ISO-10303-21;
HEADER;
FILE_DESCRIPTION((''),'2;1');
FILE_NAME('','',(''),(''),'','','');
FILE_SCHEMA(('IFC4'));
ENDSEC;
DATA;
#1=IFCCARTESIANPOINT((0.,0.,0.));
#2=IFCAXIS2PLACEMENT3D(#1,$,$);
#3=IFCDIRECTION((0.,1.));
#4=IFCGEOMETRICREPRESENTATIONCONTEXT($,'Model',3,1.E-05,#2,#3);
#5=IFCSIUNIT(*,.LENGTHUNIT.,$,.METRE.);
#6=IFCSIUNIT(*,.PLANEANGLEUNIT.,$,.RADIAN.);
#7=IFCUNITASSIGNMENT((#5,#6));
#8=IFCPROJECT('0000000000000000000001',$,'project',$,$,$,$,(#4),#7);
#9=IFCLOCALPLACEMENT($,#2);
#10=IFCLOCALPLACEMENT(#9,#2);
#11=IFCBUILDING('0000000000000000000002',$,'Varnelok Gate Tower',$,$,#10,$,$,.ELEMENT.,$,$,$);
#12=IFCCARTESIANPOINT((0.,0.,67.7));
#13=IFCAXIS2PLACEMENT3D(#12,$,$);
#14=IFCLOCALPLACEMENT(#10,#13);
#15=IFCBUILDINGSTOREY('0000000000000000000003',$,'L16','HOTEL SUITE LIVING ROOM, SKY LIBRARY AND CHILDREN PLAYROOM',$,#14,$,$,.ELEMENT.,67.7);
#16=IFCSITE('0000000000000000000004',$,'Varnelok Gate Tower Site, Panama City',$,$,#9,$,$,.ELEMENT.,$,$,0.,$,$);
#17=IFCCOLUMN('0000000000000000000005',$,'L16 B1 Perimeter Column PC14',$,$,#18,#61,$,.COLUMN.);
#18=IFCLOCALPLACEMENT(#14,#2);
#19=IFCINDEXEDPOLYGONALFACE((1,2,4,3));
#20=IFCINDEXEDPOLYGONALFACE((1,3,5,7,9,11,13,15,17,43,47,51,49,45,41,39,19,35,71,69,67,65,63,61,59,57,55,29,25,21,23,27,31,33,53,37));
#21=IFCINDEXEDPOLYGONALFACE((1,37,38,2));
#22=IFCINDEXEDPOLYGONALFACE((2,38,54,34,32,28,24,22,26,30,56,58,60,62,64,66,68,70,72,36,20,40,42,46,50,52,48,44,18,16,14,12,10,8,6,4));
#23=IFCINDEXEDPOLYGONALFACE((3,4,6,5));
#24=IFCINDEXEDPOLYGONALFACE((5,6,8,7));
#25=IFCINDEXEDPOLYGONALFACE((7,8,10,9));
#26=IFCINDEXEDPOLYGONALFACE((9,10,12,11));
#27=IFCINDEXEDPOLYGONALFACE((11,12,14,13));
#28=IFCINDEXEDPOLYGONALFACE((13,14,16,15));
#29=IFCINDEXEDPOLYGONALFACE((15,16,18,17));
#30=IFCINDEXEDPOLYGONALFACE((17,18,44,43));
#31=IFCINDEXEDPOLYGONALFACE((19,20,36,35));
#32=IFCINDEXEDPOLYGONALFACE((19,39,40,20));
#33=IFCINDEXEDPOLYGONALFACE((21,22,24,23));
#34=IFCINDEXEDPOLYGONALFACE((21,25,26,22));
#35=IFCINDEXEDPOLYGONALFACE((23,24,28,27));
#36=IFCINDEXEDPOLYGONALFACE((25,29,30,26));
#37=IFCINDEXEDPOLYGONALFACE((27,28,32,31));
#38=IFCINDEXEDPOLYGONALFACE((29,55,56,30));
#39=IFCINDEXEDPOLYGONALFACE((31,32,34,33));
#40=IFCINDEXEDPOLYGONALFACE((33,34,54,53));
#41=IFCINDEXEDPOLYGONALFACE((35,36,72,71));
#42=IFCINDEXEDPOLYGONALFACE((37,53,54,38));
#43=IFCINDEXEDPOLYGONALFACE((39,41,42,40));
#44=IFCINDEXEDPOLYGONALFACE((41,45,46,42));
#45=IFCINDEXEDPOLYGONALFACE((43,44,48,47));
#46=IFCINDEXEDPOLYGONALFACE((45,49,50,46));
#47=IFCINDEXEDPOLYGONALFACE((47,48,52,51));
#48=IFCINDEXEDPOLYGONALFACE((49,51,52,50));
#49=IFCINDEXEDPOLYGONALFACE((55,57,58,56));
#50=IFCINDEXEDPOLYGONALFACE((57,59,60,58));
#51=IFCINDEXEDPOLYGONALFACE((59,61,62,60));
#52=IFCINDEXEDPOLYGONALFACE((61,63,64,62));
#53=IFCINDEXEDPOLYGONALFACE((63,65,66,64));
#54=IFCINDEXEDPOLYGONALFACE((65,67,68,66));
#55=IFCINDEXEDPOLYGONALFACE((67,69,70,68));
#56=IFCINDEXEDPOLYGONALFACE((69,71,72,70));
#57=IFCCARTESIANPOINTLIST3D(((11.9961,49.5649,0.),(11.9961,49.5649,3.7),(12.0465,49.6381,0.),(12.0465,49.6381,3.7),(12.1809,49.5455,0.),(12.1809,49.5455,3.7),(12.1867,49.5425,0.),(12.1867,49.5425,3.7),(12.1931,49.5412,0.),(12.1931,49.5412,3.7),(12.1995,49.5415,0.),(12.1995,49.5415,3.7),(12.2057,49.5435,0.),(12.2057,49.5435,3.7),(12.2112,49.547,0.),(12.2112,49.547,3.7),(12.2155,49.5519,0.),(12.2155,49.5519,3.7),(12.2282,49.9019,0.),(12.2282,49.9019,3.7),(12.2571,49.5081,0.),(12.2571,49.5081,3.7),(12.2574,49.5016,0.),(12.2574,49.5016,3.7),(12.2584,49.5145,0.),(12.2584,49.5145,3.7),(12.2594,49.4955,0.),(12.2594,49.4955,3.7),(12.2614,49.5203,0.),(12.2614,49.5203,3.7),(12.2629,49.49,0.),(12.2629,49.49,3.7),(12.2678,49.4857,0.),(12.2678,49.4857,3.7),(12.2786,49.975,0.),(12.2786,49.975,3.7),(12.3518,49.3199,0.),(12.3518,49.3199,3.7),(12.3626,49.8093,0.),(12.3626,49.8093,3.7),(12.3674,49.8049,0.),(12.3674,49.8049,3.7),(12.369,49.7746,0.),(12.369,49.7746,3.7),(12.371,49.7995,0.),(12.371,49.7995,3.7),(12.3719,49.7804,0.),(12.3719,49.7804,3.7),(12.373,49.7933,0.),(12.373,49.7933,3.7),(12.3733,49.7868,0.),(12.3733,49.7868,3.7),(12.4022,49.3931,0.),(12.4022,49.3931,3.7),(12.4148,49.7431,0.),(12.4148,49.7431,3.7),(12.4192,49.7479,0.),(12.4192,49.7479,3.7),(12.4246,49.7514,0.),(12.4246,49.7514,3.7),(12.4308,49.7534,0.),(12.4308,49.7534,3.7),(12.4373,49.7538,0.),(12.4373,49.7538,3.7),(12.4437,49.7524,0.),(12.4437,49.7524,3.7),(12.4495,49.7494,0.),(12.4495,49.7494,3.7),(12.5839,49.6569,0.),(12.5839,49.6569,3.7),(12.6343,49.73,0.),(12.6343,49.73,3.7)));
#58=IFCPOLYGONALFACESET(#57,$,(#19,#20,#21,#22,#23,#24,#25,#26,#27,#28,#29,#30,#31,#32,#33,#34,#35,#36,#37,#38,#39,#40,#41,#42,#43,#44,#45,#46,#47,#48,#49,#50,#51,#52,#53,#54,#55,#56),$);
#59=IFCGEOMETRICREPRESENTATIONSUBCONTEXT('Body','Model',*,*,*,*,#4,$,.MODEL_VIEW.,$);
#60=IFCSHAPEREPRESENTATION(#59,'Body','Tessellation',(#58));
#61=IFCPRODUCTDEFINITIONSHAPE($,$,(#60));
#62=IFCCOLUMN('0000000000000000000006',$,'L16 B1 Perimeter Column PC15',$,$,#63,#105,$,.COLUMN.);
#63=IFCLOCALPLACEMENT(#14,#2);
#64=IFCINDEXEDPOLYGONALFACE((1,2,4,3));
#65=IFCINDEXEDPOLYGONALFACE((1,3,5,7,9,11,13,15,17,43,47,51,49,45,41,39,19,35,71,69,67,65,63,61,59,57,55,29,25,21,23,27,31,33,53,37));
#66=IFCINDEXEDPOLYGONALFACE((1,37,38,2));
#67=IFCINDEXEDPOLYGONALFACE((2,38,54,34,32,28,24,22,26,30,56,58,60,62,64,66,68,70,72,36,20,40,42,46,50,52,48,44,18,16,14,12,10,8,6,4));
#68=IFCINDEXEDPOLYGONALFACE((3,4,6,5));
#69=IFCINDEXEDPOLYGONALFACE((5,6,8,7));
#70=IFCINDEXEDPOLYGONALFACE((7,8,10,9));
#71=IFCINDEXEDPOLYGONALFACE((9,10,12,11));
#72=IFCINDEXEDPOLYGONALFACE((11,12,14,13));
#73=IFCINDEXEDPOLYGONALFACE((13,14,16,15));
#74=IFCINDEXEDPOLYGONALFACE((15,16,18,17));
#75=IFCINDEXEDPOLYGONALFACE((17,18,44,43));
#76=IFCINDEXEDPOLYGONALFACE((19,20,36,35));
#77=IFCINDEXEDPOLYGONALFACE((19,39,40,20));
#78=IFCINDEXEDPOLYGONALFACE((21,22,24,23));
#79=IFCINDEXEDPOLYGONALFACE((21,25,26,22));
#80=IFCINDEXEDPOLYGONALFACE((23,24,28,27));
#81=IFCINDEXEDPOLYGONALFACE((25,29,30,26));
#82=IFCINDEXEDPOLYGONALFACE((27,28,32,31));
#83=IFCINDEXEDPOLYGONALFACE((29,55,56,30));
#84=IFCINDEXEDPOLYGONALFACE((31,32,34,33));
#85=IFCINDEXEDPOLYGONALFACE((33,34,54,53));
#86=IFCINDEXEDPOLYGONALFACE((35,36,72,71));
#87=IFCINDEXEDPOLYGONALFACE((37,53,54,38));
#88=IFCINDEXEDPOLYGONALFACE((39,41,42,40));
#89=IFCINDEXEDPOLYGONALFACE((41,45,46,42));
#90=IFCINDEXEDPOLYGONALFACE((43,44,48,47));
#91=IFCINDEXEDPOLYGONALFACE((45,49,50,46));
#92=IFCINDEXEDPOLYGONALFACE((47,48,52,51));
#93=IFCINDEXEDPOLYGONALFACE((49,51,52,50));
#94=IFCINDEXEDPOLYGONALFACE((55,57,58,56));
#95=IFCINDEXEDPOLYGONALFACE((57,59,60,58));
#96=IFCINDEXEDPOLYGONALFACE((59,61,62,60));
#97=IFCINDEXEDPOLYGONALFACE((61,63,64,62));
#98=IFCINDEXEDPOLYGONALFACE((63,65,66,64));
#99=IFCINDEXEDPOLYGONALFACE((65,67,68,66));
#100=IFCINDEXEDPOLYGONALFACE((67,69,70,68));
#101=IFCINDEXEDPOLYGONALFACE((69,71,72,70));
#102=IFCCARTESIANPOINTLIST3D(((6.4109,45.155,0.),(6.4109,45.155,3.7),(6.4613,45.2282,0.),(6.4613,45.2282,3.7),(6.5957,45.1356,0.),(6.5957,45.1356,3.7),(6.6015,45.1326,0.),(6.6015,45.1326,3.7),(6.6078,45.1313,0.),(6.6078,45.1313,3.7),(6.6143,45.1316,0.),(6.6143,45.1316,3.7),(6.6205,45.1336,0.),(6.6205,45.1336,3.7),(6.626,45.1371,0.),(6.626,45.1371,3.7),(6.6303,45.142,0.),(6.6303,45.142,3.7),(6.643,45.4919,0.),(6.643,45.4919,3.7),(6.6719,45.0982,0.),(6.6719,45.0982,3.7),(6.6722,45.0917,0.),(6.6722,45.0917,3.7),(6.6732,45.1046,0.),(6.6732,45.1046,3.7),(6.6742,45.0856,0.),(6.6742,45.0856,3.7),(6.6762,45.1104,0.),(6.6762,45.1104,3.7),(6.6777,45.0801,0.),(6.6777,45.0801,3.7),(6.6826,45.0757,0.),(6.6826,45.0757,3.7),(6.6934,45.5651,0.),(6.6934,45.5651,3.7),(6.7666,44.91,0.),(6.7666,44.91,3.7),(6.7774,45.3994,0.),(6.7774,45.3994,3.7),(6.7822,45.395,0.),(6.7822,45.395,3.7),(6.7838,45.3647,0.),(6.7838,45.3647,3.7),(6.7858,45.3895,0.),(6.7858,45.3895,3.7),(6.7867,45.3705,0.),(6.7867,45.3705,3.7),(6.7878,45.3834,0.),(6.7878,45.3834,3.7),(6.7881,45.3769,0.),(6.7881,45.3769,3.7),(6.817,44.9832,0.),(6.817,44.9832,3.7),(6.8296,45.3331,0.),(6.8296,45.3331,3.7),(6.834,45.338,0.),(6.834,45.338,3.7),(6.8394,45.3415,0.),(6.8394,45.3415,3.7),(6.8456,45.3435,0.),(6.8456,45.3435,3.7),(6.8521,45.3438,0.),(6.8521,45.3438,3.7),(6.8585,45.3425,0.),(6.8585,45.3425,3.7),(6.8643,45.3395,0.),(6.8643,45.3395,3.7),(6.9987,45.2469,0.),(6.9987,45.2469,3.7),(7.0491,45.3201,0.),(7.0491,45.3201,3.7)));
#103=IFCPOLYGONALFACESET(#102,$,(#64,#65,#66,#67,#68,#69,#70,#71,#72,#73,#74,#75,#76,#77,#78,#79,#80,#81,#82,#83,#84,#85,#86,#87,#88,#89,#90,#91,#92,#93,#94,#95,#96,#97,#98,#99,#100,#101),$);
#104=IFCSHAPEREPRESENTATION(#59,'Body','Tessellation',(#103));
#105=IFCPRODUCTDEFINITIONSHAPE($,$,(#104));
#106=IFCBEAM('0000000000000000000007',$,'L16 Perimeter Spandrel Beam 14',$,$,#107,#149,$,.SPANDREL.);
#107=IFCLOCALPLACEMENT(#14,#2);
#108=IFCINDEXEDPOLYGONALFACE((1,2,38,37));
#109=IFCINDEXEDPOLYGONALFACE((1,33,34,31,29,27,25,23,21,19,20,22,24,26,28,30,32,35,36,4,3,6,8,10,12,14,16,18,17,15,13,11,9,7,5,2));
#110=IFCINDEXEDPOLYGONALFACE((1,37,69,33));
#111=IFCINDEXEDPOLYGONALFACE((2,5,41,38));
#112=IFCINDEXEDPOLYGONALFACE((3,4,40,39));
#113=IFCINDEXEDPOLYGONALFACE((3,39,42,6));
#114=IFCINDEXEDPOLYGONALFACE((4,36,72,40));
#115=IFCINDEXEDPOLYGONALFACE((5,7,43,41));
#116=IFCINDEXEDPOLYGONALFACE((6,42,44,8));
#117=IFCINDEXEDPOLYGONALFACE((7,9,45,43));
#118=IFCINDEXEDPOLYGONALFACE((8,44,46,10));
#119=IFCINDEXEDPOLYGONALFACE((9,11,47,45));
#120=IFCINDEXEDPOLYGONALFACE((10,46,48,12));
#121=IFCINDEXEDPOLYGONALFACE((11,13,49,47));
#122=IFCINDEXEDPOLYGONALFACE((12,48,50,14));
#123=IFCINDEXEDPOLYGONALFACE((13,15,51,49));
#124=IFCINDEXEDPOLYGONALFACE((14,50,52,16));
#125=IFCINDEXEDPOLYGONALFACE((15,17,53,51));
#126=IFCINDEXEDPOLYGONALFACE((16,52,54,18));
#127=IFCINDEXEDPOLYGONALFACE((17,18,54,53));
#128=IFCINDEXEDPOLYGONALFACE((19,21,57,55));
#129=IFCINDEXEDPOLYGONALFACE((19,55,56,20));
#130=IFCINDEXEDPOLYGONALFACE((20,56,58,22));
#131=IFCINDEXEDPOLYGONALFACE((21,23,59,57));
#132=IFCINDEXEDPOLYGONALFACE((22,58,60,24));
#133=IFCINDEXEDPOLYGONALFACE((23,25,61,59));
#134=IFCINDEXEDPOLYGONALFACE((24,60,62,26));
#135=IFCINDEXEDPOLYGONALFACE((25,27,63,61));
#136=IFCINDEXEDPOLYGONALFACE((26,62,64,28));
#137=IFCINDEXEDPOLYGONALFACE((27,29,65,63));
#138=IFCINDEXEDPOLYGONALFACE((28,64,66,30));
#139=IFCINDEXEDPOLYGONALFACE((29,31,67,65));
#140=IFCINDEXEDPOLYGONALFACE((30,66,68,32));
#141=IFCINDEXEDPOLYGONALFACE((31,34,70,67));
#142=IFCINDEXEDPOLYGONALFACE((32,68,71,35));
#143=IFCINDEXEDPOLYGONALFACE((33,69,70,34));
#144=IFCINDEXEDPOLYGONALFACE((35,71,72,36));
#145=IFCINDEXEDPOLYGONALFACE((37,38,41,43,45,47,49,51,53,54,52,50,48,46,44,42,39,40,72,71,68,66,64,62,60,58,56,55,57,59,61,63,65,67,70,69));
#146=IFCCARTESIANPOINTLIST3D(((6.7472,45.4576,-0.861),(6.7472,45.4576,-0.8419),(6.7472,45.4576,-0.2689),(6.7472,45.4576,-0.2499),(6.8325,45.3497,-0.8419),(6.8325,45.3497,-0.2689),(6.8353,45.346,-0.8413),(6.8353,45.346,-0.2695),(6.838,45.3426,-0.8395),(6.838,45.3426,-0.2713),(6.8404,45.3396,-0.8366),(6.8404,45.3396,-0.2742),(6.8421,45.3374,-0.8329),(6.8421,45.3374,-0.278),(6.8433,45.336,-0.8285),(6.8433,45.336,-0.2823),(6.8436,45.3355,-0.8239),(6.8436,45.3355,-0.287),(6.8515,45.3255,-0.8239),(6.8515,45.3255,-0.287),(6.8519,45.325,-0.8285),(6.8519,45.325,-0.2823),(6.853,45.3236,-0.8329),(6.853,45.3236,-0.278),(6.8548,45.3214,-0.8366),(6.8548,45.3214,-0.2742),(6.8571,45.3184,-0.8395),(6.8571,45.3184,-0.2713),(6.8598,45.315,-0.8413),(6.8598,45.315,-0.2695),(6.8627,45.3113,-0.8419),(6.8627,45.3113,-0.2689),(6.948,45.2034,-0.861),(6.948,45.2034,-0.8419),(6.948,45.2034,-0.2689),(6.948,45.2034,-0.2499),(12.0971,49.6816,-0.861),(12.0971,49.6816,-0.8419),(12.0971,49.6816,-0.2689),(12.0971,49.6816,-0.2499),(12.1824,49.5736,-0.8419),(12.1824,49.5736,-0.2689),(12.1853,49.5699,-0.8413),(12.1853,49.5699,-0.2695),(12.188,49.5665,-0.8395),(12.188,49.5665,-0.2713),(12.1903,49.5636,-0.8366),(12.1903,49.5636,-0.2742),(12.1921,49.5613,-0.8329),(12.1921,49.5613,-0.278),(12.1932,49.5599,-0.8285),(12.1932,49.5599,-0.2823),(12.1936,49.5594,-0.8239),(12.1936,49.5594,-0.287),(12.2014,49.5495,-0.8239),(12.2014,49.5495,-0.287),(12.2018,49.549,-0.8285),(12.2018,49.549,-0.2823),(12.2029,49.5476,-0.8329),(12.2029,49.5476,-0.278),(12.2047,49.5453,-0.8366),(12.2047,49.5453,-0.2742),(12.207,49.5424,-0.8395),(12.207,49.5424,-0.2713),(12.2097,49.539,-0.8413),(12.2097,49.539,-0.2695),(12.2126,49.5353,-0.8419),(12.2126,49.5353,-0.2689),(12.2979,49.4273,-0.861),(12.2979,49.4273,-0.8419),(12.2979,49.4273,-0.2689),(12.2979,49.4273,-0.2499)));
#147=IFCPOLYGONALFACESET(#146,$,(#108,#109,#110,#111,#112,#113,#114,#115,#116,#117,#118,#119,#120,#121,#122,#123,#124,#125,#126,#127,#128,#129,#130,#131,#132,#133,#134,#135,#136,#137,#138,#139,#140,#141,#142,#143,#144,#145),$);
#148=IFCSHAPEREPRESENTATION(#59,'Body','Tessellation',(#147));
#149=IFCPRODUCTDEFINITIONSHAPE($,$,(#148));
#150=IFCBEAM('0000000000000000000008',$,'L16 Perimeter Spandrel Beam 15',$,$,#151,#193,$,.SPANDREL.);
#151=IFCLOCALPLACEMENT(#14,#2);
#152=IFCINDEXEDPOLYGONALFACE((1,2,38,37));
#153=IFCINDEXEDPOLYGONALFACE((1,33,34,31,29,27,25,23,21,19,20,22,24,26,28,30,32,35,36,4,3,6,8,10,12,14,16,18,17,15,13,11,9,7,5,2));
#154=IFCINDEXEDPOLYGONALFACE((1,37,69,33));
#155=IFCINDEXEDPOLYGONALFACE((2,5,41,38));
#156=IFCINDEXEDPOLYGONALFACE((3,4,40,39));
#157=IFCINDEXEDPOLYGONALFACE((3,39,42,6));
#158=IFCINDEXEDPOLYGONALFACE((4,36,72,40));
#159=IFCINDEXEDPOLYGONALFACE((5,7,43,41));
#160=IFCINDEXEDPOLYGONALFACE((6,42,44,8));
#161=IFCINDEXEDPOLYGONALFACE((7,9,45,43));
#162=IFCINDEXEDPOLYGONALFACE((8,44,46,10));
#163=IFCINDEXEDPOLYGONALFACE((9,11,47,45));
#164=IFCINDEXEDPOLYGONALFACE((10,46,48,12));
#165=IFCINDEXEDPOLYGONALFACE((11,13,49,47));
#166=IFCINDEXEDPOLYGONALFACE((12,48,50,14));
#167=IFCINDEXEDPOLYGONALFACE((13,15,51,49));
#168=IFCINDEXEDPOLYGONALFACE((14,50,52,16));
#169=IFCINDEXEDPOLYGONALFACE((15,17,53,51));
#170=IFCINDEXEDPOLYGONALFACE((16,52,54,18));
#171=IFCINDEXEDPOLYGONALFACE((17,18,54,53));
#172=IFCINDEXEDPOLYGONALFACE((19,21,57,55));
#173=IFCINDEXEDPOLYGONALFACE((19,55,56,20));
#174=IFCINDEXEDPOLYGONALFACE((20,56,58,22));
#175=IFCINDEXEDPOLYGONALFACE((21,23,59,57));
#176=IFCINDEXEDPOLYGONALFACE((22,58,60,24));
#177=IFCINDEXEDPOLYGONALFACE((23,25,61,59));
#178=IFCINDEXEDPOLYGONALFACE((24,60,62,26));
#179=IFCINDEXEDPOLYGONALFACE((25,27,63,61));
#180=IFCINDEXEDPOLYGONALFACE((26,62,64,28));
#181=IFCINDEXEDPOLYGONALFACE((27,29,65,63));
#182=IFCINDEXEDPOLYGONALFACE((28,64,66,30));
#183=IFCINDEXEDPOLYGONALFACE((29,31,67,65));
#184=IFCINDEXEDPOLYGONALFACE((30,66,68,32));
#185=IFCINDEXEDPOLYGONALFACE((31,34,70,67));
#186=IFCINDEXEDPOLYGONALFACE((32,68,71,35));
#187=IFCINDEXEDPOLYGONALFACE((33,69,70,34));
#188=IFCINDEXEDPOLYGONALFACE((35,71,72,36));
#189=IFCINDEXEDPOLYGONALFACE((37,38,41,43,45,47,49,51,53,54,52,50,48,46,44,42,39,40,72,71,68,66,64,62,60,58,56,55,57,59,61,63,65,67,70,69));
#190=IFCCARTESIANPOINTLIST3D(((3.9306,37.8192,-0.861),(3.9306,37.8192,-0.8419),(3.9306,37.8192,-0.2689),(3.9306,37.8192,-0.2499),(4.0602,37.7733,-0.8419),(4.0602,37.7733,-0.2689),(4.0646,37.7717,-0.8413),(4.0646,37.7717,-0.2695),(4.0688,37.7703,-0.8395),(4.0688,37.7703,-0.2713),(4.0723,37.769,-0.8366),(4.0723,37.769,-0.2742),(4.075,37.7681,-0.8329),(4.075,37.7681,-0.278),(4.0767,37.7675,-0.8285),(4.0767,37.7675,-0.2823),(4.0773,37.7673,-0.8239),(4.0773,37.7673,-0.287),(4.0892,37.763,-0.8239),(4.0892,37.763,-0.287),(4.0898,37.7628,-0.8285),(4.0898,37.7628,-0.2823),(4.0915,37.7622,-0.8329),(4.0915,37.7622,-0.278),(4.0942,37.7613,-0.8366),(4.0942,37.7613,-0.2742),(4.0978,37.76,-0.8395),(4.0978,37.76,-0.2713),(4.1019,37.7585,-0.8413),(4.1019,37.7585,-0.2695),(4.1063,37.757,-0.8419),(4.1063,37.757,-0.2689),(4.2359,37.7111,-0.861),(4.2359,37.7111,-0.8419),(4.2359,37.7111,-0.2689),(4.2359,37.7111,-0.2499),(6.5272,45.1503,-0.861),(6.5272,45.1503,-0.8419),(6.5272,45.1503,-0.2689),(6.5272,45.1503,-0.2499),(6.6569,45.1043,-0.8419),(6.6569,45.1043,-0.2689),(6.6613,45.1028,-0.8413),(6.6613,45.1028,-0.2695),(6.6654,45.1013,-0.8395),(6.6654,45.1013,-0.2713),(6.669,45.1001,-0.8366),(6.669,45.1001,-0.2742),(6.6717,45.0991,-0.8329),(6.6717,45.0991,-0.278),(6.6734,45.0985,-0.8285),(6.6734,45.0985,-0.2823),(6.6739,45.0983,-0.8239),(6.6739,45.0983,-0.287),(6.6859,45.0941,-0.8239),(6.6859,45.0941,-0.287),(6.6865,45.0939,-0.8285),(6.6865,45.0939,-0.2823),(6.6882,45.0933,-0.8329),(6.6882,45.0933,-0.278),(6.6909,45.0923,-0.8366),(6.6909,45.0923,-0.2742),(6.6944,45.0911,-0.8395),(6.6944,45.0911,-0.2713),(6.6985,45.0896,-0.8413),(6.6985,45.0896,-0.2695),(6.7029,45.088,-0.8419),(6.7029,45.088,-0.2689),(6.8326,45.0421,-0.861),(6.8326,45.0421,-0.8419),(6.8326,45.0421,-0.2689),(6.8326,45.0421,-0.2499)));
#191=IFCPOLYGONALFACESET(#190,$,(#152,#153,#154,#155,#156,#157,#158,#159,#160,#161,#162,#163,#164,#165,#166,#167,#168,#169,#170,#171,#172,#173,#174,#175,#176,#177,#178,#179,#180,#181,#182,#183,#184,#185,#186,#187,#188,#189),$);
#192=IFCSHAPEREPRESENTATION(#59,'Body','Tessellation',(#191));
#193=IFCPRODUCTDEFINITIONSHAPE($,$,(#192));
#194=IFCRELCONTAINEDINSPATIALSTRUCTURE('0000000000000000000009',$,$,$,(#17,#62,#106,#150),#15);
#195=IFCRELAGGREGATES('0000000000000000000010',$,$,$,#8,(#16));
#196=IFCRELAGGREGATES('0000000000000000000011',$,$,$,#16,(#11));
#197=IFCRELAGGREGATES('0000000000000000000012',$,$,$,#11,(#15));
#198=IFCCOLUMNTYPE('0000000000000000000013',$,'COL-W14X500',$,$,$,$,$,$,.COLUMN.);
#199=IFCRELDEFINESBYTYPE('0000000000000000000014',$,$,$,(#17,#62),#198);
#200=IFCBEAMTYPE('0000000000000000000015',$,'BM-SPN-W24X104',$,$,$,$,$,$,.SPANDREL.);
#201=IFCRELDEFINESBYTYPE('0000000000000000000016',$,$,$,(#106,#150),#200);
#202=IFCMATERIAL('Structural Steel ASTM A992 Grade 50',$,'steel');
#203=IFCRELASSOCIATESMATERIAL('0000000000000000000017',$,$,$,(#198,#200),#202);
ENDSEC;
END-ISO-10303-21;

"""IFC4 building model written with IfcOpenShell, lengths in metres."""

from ifc_helpers import new_model, si_unit, direction, frame, origin, origin_2d, place, context, subcontext, project, spatial, i_section, extrude, material, material_profile, profile_set, type_object, element, save


model = new_model("IFC4")

# Units and contexts
model_context = context("Model", 3, precision=1e-05, world=origin(), true_north=direction((0.0, 1.0)))
body_context = subcontext(model_context, "Body", "Model", "MODEL_VIEW")
ifc_project = project(units=[si_unit("LENGTHUNIT", "METRE"), si_unit("PLANEANGLEUNIT", "RADIAN")], contexts=[model_context])

# Site, building, storey
site_placement = place(None, origin())
site = spatial("IfcSite", under=ifc_project, at=site_placement, Name="Varnelok Gate Tower Site, Panama City", CompositionType="ELEMENT", RefElevation=0.0)
building_placement = place(site_placement, origin())
building = spatial("IfcBuilding", under=site, at=building_placement, Name="Varnelok Gate Tower", CompositionType="ELEMENT")
storey_placement = place(building_placement, frame((0.0, 0.0, 67.7)))
storey = spatial("IfcBuildingStorey", under=building, at=storey_placement, Name="L16", Description="HOTEL SUITE LIVING ROOM, SKY LIBRARY AND CHILDREN PLAYROOM", CompositionType="ELEMENT", Elevation=67.7)

# Columns
ifc_material_1 = material(Name="Structural Steel ASTM A992 Grade 50", Category="steel")
ifc_material_profile_1 = material_profile(ifc_material_1, i_section(OverallWidth=0.4319, OverallDepth=0.498, WebThickness=0.0557, FlangeThickness=0.0889, FilletRadius=0.0249, at=origin_2d()), Name="W14X500")
ifc_profile_set_1 = profile_set([ifc_material_profile_1], Name="Structural Steel ASTM A992 Grade 50")
column_type = type_object("IfcColumnType", Name="COL-W14X500", PredefinedType="COLUMN", material=ifc_profile_set_1)
for number, where, z_axis, x_axis, name in (
    (1, (12.3152, 49.6475, 0.0), (0.0, 0.0, 1.0), (0.823533, -0.567269, 0.0), "L16 B1 Perimeter Column PC14"),
    (2, (6.73, 45.2375, 0.0), (0.0, 0.0, 1.0), (0.823533, -0.567269, 0.0), "L16 B1 Perimeter Column PC15"),
):
    element("IfcColumn", number, at=place(storey_placement, frame(where, z_axis=z_axis, x_axis=x_axis)), inside=storey, type_object=column_type, Name=name, PredefinedType="COLUMN", context=body_context, shape_type="SweptSolid", body=[
        extrude(i_section(OverallWidth=0.4319, OverallDepth=0.498, WebThickness=0.0557, FlangeThickness=0.0889, FilletRadius=0.0249, at=origin_2d()), origin(), (0.0, 0.0, 1.0), 3.7),
    ])

# Beams
ifc_material_profile_2 = material_profile(ifc_material_1, i_section(OverallWidth=0.324, OverallDepth=0.6111, WebThickness=0.0127, FlangeThickness=0.019, FilletRadius=0.0181, at=origin_2d()), Name="W24X104")
ifc_profile_set_2 = profile_set([ifc_material_profile_2], Name="Structural Steel ASTM A992 Grade 50")
beam_type = type_object("IfcBeamType", Name="BM-SPN-W24X104", PredefinedType="SPANDREL", material=ifc_profile_set_2)
beam_1_placement = place(storey_placement, frame((12.1975, 49.5544, -0.5554), z_axis=(-0.784861, -0.619672, 0.0), x_axis=(0.619672, -0.784861, 0.0)))
element("IfcBeam", 3, at=beam_1_placement, inside=storey, type_object=beam_type, Name="L16 Perimeter Spandrel Beam 14", PredefinedType="SPANDREL", context=body_context, shape_type="SweptSolid", body=[
    extrude(i_section(OverallWidth=0.324, OverallDepth=0.6111, WebThickness=0.0127, FlangeThickness=0.019, FilletRadius=0.0181, at=origin_2d()), origin(), (0.0, 0.0, 1.0), 6.8164),
])
beam_2_placement = place(storey_placement, frame((6.6799, 45.0962, -0.5554), z_axis=(-0.333877, -0.942617, 0.0), x_axis=(0.942617, -0.333877, 0.0)))
element("IfcBeam", 4, at=beam_2_placement, inside=storey, type_object=beam_type, Name="L16 Perimeter Spandrel Beam 15", PredefinedType="SPANDREL", context=body_context, shape_type="SweptSolid", body=[
    extrude(i_section(OverallWidth=0.324, OverallDepth=0.6111, WebThickness=0.0127, FlangeThickness=0.019, FilletRadius=0.0181, at=origin_2d()), origin(), (0.0, 0.0, 1.0), 7.7773),
])

save(model, "model.ifc")
